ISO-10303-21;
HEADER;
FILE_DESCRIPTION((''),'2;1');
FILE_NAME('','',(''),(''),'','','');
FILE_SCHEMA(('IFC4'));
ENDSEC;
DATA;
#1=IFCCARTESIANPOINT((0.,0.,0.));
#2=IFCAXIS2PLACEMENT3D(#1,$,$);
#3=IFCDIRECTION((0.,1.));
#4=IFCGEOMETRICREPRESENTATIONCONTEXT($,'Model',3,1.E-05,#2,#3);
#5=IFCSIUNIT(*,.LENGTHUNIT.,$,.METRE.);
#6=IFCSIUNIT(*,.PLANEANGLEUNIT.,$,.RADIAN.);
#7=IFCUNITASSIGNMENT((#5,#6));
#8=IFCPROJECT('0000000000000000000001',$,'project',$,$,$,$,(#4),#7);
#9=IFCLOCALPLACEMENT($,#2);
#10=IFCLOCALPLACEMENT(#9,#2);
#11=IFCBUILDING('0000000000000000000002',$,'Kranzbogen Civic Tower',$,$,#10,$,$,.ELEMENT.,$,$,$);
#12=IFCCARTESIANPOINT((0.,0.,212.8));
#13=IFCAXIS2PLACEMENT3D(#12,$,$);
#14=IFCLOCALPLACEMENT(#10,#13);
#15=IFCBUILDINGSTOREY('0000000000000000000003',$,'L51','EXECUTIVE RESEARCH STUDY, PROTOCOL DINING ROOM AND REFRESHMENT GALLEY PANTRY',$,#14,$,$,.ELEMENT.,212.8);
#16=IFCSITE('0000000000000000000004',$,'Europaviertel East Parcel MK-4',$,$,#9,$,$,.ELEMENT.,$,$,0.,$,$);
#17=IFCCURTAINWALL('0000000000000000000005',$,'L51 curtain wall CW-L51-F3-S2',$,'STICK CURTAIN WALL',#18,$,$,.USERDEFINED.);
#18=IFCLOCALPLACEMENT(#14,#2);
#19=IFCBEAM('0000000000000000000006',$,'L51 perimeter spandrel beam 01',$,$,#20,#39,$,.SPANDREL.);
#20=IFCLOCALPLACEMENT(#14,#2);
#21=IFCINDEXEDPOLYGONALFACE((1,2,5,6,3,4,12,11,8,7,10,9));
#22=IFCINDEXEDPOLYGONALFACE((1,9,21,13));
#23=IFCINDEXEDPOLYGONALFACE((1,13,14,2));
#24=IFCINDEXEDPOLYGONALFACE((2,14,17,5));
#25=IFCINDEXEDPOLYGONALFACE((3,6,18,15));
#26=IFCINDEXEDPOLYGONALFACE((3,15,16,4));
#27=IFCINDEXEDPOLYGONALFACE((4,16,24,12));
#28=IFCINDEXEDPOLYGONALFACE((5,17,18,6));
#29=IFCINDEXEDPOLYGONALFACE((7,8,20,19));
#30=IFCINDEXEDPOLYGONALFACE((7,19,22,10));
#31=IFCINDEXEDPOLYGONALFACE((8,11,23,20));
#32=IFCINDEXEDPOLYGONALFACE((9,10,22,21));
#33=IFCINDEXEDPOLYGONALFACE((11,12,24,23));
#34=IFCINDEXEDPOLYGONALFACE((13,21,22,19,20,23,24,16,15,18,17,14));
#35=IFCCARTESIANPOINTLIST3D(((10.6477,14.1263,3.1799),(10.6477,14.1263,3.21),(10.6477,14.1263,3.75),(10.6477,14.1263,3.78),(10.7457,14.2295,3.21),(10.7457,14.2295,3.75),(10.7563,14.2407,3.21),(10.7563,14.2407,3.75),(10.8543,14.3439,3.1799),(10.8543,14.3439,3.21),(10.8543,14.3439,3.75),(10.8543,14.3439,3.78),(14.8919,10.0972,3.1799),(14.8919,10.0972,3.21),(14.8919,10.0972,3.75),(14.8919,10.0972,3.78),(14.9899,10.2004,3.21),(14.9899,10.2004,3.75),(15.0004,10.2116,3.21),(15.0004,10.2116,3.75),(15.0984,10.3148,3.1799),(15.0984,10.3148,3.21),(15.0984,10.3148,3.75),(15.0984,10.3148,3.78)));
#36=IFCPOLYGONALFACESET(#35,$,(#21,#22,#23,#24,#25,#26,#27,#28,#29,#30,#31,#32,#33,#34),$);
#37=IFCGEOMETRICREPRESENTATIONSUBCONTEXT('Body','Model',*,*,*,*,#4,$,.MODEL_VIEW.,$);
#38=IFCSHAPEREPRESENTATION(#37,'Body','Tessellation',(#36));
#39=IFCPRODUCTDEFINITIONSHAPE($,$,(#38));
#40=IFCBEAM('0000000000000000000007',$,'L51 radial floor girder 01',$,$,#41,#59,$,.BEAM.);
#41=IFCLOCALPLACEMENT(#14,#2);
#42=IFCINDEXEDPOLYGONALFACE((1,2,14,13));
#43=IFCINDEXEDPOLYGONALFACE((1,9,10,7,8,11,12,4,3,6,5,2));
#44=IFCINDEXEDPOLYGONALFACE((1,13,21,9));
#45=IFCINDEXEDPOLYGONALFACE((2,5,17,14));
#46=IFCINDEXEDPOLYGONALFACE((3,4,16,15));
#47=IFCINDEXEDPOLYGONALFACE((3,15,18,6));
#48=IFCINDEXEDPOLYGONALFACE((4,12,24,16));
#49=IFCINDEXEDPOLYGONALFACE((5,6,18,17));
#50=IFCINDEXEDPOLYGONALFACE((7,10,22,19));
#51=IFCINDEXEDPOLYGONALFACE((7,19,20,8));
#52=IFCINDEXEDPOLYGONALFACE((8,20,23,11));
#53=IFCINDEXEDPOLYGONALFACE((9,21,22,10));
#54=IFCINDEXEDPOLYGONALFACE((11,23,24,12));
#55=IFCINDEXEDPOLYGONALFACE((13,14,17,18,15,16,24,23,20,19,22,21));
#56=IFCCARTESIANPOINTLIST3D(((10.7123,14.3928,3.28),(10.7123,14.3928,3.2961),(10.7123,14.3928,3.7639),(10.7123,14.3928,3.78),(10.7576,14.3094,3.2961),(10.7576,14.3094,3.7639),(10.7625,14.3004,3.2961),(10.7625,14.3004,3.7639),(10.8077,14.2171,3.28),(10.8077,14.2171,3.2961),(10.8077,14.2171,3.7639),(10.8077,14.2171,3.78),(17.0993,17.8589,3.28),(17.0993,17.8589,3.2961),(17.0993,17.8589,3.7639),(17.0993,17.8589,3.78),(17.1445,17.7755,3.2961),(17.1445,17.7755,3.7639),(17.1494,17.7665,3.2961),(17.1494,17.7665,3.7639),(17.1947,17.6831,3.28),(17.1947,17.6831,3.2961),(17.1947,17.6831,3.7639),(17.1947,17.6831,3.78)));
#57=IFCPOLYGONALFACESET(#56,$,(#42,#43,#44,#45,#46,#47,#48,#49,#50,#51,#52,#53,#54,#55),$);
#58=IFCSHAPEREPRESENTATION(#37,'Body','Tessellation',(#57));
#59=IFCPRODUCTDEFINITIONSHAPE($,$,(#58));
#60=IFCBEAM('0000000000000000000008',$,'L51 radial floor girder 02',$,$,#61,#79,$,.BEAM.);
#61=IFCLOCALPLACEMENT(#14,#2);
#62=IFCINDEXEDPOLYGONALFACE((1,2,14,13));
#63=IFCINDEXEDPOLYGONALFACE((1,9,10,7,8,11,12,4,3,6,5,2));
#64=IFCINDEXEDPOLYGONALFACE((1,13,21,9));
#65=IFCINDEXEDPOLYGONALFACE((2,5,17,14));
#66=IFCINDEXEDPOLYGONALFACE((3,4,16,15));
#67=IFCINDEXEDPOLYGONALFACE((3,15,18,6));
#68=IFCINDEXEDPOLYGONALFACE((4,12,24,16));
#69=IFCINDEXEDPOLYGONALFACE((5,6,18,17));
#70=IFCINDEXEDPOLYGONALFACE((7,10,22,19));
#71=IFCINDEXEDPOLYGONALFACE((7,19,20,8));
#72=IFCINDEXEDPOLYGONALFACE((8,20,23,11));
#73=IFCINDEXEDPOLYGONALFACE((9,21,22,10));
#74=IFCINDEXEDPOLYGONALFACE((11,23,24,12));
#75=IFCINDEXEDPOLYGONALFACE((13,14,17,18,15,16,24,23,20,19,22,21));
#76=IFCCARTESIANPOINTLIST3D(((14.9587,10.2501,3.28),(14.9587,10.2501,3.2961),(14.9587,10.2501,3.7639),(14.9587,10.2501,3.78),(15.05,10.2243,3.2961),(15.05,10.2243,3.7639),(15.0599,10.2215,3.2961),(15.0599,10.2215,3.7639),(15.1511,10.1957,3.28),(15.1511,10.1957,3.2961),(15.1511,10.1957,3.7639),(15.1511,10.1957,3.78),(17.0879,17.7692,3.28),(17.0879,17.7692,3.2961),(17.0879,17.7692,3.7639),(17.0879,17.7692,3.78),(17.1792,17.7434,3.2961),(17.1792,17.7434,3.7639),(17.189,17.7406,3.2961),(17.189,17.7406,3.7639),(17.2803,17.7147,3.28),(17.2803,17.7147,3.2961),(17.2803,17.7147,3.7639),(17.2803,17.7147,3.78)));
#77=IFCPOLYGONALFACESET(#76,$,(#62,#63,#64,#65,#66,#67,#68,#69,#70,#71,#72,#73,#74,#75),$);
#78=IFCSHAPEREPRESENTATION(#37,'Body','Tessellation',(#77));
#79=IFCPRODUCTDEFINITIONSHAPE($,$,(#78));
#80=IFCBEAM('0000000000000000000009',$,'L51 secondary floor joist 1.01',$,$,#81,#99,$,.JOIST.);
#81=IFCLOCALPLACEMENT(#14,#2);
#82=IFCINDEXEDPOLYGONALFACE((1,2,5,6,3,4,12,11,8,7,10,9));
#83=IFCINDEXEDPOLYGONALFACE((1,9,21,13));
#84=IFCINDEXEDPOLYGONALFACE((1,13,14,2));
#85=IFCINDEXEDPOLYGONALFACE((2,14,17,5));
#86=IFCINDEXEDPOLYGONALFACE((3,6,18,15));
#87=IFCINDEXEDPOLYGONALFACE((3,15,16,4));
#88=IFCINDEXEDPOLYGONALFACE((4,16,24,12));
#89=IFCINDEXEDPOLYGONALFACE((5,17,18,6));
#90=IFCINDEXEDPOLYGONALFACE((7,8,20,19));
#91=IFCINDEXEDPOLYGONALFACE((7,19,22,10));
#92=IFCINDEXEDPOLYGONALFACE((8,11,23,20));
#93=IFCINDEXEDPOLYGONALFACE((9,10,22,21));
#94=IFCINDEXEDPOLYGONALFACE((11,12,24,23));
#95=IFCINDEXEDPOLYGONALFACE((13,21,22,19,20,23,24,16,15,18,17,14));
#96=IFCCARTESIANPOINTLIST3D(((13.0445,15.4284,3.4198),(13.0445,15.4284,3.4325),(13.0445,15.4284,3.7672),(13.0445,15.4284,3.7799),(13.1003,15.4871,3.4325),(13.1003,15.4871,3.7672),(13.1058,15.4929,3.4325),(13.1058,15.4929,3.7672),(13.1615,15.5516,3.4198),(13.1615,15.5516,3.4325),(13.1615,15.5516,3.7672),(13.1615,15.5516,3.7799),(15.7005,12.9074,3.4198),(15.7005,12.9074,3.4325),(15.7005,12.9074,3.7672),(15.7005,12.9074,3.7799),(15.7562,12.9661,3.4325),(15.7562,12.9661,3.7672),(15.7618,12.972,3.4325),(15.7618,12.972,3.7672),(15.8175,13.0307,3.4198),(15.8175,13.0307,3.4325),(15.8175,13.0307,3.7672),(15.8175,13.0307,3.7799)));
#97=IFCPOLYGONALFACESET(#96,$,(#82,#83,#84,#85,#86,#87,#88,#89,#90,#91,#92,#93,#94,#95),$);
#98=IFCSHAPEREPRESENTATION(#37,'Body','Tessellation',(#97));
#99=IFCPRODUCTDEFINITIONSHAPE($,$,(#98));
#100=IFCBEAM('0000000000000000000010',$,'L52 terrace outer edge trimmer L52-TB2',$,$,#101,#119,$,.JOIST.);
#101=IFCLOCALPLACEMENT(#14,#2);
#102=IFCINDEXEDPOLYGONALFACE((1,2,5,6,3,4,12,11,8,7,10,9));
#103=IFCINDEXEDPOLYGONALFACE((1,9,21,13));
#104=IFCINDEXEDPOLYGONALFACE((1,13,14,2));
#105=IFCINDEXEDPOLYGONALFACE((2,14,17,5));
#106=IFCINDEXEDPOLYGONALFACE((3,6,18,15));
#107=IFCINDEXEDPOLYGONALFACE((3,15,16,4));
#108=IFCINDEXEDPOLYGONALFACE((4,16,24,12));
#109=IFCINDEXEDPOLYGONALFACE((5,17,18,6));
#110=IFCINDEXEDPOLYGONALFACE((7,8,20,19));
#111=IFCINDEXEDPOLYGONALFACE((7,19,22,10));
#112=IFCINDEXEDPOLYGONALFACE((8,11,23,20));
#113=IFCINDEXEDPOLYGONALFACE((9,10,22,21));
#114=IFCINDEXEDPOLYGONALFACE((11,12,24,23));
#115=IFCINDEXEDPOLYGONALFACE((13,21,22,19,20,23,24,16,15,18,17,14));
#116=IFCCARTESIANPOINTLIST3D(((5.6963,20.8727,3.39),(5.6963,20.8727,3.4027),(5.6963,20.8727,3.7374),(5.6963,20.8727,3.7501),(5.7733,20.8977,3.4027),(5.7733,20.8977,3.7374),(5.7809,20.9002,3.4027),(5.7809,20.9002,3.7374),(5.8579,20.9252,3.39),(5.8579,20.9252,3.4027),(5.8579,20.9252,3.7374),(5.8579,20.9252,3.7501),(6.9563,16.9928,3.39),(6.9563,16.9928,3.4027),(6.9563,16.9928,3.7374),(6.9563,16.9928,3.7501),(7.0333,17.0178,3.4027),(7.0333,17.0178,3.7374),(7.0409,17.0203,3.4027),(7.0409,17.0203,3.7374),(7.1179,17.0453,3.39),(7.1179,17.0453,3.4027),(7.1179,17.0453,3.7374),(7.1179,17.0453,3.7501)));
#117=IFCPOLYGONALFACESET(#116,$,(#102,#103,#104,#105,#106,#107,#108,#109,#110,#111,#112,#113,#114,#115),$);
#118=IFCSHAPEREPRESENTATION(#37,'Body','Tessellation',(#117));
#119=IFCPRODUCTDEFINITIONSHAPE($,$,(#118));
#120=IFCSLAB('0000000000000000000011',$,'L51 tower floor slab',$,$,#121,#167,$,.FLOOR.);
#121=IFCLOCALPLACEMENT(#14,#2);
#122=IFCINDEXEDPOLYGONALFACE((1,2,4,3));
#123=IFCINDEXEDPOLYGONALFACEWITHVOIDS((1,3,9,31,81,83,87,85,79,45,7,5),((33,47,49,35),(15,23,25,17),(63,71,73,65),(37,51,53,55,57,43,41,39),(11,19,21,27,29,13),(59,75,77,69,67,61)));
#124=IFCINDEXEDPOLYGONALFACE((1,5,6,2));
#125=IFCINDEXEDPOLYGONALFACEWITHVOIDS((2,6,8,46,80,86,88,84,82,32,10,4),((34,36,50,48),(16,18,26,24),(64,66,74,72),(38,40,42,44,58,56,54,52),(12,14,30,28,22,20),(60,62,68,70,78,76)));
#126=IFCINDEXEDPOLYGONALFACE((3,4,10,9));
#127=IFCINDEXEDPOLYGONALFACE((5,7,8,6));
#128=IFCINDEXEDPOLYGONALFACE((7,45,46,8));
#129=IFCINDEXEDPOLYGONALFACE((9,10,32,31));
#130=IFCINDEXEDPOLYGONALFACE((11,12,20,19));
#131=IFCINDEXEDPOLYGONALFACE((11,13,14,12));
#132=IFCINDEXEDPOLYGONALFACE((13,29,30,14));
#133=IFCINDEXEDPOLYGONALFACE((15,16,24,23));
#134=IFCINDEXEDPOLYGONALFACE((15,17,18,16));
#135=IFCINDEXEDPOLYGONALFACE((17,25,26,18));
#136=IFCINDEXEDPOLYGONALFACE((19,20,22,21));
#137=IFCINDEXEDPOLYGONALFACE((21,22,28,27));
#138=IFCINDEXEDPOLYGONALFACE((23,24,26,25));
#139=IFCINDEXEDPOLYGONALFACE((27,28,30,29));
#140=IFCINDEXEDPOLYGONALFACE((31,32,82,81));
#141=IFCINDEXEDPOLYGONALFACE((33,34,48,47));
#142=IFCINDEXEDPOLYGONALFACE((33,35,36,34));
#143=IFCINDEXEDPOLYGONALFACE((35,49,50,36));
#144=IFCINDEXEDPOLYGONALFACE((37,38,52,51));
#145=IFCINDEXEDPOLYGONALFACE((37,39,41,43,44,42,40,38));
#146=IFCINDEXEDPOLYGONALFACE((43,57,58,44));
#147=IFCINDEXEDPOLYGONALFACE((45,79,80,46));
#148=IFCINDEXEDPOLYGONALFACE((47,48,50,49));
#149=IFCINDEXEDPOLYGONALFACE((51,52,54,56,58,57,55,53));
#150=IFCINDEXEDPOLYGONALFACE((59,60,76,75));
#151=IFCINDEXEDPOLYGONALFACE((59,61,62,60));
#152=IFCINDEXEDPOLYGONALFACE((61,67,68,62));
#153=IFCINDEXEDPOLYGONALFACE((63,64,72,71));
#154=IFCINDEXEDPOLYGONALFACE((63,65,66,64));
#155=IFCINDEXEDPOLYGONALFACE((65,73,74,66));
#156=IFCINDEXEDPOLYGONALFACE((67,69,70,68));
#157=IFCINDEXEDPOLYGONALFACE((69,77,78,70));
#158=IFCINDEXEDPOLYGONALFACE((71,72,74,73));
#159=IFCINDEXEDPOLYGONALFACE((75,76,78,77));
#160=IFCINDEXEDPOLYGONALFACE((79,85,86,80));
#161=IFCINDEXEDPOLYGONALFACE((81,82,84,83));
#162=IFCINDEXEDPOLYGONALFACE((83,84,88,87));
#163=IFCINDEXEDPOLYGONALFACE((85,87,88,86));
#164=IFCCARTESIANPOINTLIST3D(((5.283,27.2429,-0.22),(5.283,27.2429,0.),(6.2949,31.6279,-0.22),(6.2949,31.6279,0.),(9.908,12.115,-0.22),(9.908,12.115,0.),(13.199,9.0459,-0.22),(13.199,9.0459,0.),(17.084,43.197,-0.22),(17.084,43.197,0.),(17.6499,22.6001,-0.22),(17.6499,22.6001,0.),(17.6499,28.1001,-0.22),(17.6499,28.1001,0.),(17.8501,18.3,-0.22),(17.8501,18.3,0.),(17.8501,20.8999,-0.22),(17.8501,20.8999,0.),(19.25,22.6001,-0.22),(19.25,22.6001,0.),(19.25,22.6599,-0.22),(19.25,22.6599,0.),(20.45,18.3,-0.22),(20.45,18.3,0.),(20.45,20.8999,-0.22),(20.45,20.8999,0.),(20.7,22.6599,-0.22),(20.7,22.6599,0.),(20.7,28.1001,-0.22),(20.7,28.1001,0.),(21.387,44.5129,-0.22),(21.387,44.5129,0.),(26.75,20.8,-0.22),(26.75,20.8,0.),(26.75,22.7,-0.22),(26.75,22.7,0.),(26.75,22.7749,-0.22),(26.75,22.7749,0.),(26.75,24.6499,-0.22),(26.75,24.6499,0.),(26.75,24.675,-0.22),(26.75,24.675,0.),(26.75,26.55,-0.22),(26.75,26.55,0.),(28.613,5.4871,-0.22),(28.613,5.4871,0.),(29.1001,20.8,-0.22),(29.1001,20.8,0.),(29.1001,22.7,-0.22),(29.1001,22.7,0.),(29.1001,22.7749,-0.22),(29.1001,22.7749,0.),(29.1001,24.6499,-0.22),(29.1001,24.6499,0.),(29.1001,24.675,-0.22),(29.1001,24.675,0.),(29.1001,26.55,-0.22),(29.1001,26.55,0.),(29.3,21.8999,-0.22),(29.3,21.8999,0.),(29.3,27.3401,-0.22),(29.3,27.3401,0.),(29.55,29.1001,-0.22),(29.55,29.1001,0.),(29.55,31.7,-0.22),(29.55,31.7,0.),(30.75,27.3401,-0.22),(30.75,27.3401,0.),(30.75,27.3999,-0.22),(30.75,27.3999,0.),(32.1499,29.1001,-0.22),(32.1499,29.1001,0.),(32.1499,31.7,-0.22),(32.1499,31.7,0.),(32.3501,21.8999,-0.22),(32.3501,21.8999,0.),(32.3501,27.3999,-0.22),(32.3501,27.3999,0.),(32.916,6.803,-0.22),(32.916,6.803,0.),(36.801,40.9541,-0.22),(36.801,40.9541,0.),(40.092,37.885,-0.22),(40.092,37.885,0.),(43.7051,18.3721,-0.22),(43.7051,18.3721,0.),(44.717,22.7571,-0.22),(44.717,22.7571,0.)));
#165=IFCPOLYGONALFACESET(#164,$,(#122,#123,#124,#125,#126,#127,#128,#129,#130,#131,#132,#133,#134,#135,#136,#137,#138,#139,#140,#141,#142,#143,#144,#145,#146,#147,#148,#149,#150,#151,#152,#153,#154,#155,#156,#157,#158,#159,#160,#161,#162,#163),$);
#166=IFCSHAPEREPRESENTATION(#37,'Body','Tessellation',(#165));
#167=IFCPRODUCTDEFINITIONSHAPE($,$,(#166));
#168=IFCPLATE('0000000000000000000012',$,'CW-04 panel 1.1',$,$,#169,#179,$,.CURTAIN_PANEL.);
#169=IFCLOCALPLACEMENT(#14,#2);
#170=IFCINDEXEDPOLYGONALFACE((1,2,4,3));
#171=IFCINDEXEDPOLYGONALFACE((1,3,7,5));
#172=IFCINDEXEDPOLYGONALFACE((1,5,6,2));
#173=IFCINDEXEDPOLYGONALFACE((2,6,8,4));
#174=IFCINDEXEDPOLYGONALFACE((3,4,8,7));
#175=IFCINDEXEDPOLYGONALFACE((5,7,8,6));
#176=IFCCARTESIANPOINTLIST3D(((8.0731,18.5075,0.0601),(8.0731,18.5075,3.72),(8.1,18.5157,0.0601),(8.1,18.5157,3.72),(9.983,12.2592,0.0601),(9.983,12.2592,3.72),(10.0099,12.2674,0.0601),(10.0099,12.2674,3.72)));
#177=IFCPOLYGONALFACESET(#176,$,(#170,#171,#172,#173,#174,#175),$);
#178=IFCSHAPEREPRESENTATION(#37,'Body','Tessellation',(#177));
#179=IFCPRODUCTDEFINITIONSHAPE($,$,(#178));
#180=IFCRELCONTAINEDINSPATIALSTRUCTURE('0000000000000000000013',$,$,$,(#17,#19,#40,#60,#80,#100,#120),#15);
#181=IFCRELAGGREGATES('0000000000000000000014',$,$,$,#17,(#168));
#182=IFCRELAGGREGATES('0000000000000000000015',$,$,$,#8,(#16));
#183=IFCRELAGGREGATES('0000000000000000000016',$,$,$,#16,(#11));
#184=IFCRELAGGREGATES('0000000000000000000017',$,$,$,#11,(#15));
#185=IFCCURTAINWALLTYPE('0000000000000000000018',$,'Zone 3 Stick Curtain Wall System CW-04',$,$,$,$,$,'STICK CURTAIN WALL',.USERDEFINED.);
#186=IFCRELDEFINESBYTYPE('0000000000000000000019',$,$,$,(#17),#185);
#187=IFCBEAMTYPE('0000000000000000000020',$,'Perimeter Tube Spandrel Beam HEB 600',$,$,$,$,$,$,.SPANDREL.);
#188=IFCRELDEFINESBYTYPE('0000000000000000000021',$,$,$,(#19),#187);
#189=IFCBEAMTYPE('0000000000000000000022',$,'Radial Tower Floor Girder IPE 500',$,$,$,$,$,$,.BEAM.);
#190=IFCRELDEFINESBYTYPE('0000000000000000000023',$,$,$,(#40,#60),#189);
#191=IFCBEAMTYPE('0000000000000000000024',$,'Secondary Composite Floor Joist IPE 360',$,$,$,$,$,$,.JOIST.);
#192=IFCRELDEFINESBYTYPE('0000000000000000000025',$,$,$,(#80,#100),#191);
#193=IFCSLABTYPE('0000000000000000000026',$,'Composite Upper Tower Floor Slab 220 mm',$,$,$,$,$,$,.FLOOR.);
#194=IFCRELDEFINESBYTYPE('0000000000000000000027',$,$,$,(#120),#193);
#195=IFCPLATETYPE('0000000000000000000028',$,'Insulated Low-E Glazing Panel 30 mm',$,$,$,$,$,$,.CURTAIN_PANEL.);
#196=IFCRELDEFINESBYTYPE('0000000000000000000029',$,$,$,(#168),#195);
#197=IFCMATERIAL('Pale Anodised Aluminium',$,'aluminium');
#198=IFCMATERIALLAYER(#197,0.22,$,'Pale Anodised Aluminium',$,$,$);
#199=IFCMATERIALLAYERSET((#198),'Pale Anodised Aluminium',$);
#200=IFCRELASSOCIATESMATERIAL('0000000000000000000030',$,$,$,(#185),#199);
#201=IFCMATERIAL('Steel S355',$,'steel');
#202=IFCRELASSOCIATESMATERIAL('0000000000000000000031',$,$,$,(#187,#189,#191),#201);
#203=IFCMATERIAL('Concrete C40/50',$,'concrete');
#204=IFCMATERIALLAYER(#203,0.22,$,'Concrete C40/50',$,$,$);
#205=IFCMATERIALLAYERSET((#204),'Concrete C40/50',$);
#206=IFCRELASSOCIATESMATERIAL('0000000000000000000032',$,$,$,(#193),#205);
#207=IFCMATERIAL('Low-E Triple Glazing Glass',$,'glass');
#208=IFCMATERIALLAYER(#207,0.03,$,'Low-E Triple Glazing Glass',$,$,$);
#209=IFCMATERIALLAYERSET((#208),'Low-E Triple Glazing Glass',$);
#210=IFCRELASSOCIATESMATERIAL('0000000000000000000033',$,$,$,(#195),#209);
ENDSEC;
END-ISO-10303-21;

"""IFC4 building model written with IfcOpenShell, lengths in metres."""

from ifc_helpers import new_model, si_unit, direction, frame, origin, origin_2d, place, context, subcontext, project, spatial, polyline, rectangle, i_section, outline, extrude, material, layer, layer_set, material_profile, profile_set, type_object, element, aggregate, save


model = new_model("IFC4")

# Units and contexts
model_context = context("Model", 3, precision=1e-05, world=origin(), true_north=direction((0.0, 1.0)))
body_context = subcontext(model_context, "Body", "Model", "MODEL_VIEW")
ifc_project = project(units=[si_unit("LENGTHUNIT", "METRE"), si_unit("PLANEANGLEUNIT", "RADIAN")], contexts=[model_context])

# Site, building, storey
site_placement = place(None, origin())
site = spatial("IfcSite", under=ifc_project, at=site_placement, Name="Europaviertel East Parcel MK-4", CompositionType="ELEMENT", RefElevation=0.0)
building_placement = place(site_placement, origin())
building = spatial("IfcBuilding", under=site, at=building_placement, Name="Kranzbogen Civic Tower", CompositionType="ELEMENT")
storey_placement = place(building_placement, frame((0.0, 0.0, 212.8)))
storey = spatial("IfcBuildingStorey", under=building, at=storey_placement, Name="L51", Description="EXECUTIVE RESEARCH STUDY, PROTOCOL DINING ROOM AND REFRESHMENT GALLEY PANTRY", CompositionType="ELEMENT", Elevation=212.8)

# Shared definitions
ifc_material_1 = material(Name="Steel S355", Category="steel")

# Shared definitions
ifc_material_2 = material(Name="Pale Anodised Aluminium", Category="aluminium")
ifc_layer_1 = layer(ifc_material_2, 0.22, Name="Pale Anodised Aluminium")
ifc_layer_set_1 = layer_set([ifc_layer_1], Name="Pale Anodised Aluminium")
curtain_wall_type = type_object("IfcCurtainWallType", Name="Zone 3 Stick Curtain Wall System CW-04", ElementType="STICK CURTAIN WALL", PredefinedType="USERDEFINED", material=ifc_layer_set_1)

# Curtain wall
curtain_wall_1_placement = place(storey_placement, origin())
curtain_wall_1 = element("IfcCurtainWall", 1, at=curtain_wall_1_placement, inside=storey, type_object=curtain_wall_type, Name="L51 curtain wall CW-L51-F3-S2", ObjectType="STICK CURTAIN WALL", PredefinedType="USERDEFINED")

# Beams
ifc_material_profile_1 = material_profile(ifc_material_1, i_section(OverallWidth=0.3, OverallDepth=0.6001, WebThickness=0.0154, FlangeThickness=0.03, at=origin_2d()), Name="HEB 600")
ifc_profile_set_1 = profile_set([ifc_material_profile_1], Name="Steel S355")
beam_type_1 = type_object("IfcBeamType", Name="Perimeter Tube Spandrel Beam HEB 600", PredefinedType="SPANDREL", material=ifc_profile_set_1)
beam_1_placement = place(storey_placement, frame((10.751, 14.2351, 3.48), z_axis=(0.725245, -0.688491, 0.0), x_axis=(0.688491, 0.725245, 0.0)))
element("IfcBeam", 2, at=beam_1_placement, inside=storey, type_object=beam_type_1, Name="L51 perimeter spandrel beam 01", PredefinedType="SPANDREL", context=body_context, shape_type="SweptSolid", body=[
    extrude(i_section(OverallWidth=0.3, OverallDepth=0.6001, WebThickness=0.0154, FlangeThickness=0.03, at=origin_2d()), origin(), (0.0, 0.0, 1.0), 5.8521),
])
ifc_material_profile_2 = material_profile(ifc_material_1, i_section(OverallWidth=0.2, OverallDepth=0.5, WebThickness=0.0103, FlangeThickness=0.0161, at=origin_2d()), Name="IPE 500")
ifc_profile_set_2 = profile_set([ifc_material_profile_2], Name="Steel S355")
beam_type_2 = type_object("IfcBeamType", Name="Radial Tower Floor Girder IPE 500", PredefinedType="BEAM", material=ifc_profile_set_2)
beam_2_placement = place(storey_placement, frame((10.76, 14.3049, 3.53), z_axis=(0.878919, 0.47697, 0.0), x_axis=(-0.47697, 0.878919, 0.0)))
element("IfcBeam", 3, at=beam_2_placement, inside=storey, type_object=beam_type_2, Name="L51 radial floor girder 01", PredefinedType="BEAM", context=body_context, shape_type="SweptSolid", body=[
    extrude(i_section(OverallWidth=0.2, OverallDepth=0.5, WebThickness=0.0103, FlangeThickness=0.0161, at=origin_2d()), origin(), (0.0, 0.0, 1.0), 7.2668),
])
beam_3_placement = place(storey_placement, frame((15.0549, 10.2229, 3.53), z_axis=(0.272455, 0.962169, 0.0), x_axis=(-0.962169, 0.272455, 0.0)))
element("IfcBeam", 4, at=beam_3_placement, inside=storey, type_object=beam_type_2, Name="L51 radial floor girder 02", PredefinedType="BEAM", context=body_context, shape_type="SweptSolid", body=[
    extrude(i_section(OverallWidth=0.2, OverallDepth=0.5, WebThickness=0.0103, FlangeThickness=0.0161, at=origin_2d()), origin(), (0.0, 0.0, 1.0), 7.8147),
])
ifc_material_profile_3 = material_profile(ifc_material_1, i_section(OverallWidth=0.1699, OverallDepth=0.3601, WebThickness=0.0081, FlangeThickness=0.0127, at=origin_2d()), Name="IPE 360")
ifc_profile_set_3 = profile_set([ifc_material_profile_3], Name="Steel S355")
beam_type_3 = type_object("IfcBeamType", Name="Secondary Composite Floor Joist IPE 360", PredefinedType="JOIST", material=ifc_profile_set_3)
beam_4_placement = place(storey_placement, frame((13.103, 15.49, 3.5999), z_axis=(0.725301, -0.688432, 0.0), x_axis=(0.688432, 0.725301, 0.0)))
element("IfcBeam", 5, at=beam_4_placement, inside=storey, type_object=beam_type_3, Name="L51 secondary floor joist 1.01", PredefinedType="JOIST", context=body_context, shape_type="SweptSolid", body=[
    extrude(i_section(OverallWidth=0.1699, OverallDepth=0.3601, WebThickness=0.0081, FlangeThickness=0.0127, at=origin_2d()), origin(), (0.0, 0.0, 1.0), 3.6619),
])
beam_5_placement = place(storey_placement, frame((5.7771, 20.8989, 3.5701), z_axis=(0.308875, -0.951103, 0.0), x_axis=(0.951103, 0.308875, 0.0)))
element("IfcBeam", 6, at=beam_5_placement, inside=storey, type_object=beam_type_3, Name="L52 terrace outer edge trimmer L52-TB2", PredefinedType="JOIST", context=body_context, shape_type="SweptSolid", body=[
    extrude(i_section(OverallWidth=0.1699, OverallDepth=0.3601, WebThickness=0.0081, FlangeThickness=0.0127, at=origin_2d()), origin(), (0.0, 0.0, 1.0), 4.0793),
])

# Slab
ifc_material_3 = material(Name="Concrete C40/50", Category="concrete")
ifc_layer_2 = layer(ifc_material_3, 0.22, Name="Concrete C40/50")
ifc_layer_set_2 = layer_set([ifc_layer_2], Name="Concrete C40/50")
slab_type_1 = type_object("IfcSlabType", Name="Composite Upper Tower Floor Slab 220 mm", PredefinedType="FLOOR", material=ifc_layer_set_2)
slab_1_placement = place(storey_placement, frame((0.0, 0.0, -0.22)))
element("IfcSlab", 7, at=slab_1_placement, inside=storey, type_object=slab_type_1, Name="L51 tower floor slab", PredefinedType="FLOOR", context=body_context, shape_type="SweptSolid", body=[
    extrude(outline(polyline([(36.801, 40.9541), (21.387, 44.5129), (17.084, 43.197), (6.2949, 31.6279), (5.283, 27.2429), (9.908, 12.115), (13.199, 9.0459), (28.613, 5.4871), (32.916, 6.803), (43.7051, 18.3721), (44.717, 22.7571), (40.092, 37.885), (36.801, 40.9541)]), holes=[polyline([(17.8501, 20.8999), (20.45, 20.8999), (20.45, 18.3), (17.8501, 18.3), (17.8501, 20.8999)]), polyline([(29.1001, 22.7), (29.1001, 20.8), (26.75, 20.8), (26.75, 22.7), (29.1001, 22.7)]), polyline([(29.1001, 24.6499), (29.1001, 22.7749), (26.75, 22.7749), (26.75, 24.6499), (26.75, 24.675), (26.75, 26.55), (29.1001, 26.55), (29.1001, 24.675), (29.1001, 24.6499)]), polyline([(29.3, 27.3401), (30.75, 27.3401), (30.75, 27.3999), (32.3501, 27.3999), (32.3501, 21.8999), (29.3, 21.8999), (29.3, 27.3401)]), polyline([(20.7, 22.6599), (19.25, 22.6599), (19.25, 22.6001), (17.6499, 22.6001), (17.6499, 28.1001), (20.7, 28.1001), (20.7, 22.6599)]), polyline([(32.1499, 31.7), (32.1499, 29.1001), (29.55, 29.1001), (29.55, 31.7), (32.1499, 31.7)])]), origin(), (0.0, 0.0, 1.0), 0.22),
])

# Plate
ifc_material_4 = material(Name="Low-E Triple Glazing Glass", Category="glass")
ifc_layer_3 = layer(ifc_material_4, 0.03, Name="Low-E Triple Glazing Glass")
ifc_layer_set_3 = layer_set([ifc_layer_3], Name="Low-E Triple Glazing Glass")
plate_type = type_object("IfcPlateType", Name="Insulated Low-E Glazing Panel 30 mm", PredefinedType="CURTAIN_PANEL", material=ifc_layer_set_3)
plate_placement = place(storey_placement, frame((9.0415, 15.3875, 0.0601), z_axis=(0.0, 0.0, 1.0), x_axis=(0.292322, -0.95632, 0.0)))
plate = element("IfcPlate", 8, at=plate_placement, type_object=plate_type, Name="CW-04 panel 1.1", PredefinedType="CURTAIN_PANEL", context=body_context, shape_type="SweptSolid", body=[
    extrude(rectangle(XDim=6.5337, YDim=0.0281, at=origin_2d()), origin(), (0.0, 0.0, 1.0), 3.6599),
])
aggregate(curtain_wall_1, [plate])

save(model, "model.ifc")
